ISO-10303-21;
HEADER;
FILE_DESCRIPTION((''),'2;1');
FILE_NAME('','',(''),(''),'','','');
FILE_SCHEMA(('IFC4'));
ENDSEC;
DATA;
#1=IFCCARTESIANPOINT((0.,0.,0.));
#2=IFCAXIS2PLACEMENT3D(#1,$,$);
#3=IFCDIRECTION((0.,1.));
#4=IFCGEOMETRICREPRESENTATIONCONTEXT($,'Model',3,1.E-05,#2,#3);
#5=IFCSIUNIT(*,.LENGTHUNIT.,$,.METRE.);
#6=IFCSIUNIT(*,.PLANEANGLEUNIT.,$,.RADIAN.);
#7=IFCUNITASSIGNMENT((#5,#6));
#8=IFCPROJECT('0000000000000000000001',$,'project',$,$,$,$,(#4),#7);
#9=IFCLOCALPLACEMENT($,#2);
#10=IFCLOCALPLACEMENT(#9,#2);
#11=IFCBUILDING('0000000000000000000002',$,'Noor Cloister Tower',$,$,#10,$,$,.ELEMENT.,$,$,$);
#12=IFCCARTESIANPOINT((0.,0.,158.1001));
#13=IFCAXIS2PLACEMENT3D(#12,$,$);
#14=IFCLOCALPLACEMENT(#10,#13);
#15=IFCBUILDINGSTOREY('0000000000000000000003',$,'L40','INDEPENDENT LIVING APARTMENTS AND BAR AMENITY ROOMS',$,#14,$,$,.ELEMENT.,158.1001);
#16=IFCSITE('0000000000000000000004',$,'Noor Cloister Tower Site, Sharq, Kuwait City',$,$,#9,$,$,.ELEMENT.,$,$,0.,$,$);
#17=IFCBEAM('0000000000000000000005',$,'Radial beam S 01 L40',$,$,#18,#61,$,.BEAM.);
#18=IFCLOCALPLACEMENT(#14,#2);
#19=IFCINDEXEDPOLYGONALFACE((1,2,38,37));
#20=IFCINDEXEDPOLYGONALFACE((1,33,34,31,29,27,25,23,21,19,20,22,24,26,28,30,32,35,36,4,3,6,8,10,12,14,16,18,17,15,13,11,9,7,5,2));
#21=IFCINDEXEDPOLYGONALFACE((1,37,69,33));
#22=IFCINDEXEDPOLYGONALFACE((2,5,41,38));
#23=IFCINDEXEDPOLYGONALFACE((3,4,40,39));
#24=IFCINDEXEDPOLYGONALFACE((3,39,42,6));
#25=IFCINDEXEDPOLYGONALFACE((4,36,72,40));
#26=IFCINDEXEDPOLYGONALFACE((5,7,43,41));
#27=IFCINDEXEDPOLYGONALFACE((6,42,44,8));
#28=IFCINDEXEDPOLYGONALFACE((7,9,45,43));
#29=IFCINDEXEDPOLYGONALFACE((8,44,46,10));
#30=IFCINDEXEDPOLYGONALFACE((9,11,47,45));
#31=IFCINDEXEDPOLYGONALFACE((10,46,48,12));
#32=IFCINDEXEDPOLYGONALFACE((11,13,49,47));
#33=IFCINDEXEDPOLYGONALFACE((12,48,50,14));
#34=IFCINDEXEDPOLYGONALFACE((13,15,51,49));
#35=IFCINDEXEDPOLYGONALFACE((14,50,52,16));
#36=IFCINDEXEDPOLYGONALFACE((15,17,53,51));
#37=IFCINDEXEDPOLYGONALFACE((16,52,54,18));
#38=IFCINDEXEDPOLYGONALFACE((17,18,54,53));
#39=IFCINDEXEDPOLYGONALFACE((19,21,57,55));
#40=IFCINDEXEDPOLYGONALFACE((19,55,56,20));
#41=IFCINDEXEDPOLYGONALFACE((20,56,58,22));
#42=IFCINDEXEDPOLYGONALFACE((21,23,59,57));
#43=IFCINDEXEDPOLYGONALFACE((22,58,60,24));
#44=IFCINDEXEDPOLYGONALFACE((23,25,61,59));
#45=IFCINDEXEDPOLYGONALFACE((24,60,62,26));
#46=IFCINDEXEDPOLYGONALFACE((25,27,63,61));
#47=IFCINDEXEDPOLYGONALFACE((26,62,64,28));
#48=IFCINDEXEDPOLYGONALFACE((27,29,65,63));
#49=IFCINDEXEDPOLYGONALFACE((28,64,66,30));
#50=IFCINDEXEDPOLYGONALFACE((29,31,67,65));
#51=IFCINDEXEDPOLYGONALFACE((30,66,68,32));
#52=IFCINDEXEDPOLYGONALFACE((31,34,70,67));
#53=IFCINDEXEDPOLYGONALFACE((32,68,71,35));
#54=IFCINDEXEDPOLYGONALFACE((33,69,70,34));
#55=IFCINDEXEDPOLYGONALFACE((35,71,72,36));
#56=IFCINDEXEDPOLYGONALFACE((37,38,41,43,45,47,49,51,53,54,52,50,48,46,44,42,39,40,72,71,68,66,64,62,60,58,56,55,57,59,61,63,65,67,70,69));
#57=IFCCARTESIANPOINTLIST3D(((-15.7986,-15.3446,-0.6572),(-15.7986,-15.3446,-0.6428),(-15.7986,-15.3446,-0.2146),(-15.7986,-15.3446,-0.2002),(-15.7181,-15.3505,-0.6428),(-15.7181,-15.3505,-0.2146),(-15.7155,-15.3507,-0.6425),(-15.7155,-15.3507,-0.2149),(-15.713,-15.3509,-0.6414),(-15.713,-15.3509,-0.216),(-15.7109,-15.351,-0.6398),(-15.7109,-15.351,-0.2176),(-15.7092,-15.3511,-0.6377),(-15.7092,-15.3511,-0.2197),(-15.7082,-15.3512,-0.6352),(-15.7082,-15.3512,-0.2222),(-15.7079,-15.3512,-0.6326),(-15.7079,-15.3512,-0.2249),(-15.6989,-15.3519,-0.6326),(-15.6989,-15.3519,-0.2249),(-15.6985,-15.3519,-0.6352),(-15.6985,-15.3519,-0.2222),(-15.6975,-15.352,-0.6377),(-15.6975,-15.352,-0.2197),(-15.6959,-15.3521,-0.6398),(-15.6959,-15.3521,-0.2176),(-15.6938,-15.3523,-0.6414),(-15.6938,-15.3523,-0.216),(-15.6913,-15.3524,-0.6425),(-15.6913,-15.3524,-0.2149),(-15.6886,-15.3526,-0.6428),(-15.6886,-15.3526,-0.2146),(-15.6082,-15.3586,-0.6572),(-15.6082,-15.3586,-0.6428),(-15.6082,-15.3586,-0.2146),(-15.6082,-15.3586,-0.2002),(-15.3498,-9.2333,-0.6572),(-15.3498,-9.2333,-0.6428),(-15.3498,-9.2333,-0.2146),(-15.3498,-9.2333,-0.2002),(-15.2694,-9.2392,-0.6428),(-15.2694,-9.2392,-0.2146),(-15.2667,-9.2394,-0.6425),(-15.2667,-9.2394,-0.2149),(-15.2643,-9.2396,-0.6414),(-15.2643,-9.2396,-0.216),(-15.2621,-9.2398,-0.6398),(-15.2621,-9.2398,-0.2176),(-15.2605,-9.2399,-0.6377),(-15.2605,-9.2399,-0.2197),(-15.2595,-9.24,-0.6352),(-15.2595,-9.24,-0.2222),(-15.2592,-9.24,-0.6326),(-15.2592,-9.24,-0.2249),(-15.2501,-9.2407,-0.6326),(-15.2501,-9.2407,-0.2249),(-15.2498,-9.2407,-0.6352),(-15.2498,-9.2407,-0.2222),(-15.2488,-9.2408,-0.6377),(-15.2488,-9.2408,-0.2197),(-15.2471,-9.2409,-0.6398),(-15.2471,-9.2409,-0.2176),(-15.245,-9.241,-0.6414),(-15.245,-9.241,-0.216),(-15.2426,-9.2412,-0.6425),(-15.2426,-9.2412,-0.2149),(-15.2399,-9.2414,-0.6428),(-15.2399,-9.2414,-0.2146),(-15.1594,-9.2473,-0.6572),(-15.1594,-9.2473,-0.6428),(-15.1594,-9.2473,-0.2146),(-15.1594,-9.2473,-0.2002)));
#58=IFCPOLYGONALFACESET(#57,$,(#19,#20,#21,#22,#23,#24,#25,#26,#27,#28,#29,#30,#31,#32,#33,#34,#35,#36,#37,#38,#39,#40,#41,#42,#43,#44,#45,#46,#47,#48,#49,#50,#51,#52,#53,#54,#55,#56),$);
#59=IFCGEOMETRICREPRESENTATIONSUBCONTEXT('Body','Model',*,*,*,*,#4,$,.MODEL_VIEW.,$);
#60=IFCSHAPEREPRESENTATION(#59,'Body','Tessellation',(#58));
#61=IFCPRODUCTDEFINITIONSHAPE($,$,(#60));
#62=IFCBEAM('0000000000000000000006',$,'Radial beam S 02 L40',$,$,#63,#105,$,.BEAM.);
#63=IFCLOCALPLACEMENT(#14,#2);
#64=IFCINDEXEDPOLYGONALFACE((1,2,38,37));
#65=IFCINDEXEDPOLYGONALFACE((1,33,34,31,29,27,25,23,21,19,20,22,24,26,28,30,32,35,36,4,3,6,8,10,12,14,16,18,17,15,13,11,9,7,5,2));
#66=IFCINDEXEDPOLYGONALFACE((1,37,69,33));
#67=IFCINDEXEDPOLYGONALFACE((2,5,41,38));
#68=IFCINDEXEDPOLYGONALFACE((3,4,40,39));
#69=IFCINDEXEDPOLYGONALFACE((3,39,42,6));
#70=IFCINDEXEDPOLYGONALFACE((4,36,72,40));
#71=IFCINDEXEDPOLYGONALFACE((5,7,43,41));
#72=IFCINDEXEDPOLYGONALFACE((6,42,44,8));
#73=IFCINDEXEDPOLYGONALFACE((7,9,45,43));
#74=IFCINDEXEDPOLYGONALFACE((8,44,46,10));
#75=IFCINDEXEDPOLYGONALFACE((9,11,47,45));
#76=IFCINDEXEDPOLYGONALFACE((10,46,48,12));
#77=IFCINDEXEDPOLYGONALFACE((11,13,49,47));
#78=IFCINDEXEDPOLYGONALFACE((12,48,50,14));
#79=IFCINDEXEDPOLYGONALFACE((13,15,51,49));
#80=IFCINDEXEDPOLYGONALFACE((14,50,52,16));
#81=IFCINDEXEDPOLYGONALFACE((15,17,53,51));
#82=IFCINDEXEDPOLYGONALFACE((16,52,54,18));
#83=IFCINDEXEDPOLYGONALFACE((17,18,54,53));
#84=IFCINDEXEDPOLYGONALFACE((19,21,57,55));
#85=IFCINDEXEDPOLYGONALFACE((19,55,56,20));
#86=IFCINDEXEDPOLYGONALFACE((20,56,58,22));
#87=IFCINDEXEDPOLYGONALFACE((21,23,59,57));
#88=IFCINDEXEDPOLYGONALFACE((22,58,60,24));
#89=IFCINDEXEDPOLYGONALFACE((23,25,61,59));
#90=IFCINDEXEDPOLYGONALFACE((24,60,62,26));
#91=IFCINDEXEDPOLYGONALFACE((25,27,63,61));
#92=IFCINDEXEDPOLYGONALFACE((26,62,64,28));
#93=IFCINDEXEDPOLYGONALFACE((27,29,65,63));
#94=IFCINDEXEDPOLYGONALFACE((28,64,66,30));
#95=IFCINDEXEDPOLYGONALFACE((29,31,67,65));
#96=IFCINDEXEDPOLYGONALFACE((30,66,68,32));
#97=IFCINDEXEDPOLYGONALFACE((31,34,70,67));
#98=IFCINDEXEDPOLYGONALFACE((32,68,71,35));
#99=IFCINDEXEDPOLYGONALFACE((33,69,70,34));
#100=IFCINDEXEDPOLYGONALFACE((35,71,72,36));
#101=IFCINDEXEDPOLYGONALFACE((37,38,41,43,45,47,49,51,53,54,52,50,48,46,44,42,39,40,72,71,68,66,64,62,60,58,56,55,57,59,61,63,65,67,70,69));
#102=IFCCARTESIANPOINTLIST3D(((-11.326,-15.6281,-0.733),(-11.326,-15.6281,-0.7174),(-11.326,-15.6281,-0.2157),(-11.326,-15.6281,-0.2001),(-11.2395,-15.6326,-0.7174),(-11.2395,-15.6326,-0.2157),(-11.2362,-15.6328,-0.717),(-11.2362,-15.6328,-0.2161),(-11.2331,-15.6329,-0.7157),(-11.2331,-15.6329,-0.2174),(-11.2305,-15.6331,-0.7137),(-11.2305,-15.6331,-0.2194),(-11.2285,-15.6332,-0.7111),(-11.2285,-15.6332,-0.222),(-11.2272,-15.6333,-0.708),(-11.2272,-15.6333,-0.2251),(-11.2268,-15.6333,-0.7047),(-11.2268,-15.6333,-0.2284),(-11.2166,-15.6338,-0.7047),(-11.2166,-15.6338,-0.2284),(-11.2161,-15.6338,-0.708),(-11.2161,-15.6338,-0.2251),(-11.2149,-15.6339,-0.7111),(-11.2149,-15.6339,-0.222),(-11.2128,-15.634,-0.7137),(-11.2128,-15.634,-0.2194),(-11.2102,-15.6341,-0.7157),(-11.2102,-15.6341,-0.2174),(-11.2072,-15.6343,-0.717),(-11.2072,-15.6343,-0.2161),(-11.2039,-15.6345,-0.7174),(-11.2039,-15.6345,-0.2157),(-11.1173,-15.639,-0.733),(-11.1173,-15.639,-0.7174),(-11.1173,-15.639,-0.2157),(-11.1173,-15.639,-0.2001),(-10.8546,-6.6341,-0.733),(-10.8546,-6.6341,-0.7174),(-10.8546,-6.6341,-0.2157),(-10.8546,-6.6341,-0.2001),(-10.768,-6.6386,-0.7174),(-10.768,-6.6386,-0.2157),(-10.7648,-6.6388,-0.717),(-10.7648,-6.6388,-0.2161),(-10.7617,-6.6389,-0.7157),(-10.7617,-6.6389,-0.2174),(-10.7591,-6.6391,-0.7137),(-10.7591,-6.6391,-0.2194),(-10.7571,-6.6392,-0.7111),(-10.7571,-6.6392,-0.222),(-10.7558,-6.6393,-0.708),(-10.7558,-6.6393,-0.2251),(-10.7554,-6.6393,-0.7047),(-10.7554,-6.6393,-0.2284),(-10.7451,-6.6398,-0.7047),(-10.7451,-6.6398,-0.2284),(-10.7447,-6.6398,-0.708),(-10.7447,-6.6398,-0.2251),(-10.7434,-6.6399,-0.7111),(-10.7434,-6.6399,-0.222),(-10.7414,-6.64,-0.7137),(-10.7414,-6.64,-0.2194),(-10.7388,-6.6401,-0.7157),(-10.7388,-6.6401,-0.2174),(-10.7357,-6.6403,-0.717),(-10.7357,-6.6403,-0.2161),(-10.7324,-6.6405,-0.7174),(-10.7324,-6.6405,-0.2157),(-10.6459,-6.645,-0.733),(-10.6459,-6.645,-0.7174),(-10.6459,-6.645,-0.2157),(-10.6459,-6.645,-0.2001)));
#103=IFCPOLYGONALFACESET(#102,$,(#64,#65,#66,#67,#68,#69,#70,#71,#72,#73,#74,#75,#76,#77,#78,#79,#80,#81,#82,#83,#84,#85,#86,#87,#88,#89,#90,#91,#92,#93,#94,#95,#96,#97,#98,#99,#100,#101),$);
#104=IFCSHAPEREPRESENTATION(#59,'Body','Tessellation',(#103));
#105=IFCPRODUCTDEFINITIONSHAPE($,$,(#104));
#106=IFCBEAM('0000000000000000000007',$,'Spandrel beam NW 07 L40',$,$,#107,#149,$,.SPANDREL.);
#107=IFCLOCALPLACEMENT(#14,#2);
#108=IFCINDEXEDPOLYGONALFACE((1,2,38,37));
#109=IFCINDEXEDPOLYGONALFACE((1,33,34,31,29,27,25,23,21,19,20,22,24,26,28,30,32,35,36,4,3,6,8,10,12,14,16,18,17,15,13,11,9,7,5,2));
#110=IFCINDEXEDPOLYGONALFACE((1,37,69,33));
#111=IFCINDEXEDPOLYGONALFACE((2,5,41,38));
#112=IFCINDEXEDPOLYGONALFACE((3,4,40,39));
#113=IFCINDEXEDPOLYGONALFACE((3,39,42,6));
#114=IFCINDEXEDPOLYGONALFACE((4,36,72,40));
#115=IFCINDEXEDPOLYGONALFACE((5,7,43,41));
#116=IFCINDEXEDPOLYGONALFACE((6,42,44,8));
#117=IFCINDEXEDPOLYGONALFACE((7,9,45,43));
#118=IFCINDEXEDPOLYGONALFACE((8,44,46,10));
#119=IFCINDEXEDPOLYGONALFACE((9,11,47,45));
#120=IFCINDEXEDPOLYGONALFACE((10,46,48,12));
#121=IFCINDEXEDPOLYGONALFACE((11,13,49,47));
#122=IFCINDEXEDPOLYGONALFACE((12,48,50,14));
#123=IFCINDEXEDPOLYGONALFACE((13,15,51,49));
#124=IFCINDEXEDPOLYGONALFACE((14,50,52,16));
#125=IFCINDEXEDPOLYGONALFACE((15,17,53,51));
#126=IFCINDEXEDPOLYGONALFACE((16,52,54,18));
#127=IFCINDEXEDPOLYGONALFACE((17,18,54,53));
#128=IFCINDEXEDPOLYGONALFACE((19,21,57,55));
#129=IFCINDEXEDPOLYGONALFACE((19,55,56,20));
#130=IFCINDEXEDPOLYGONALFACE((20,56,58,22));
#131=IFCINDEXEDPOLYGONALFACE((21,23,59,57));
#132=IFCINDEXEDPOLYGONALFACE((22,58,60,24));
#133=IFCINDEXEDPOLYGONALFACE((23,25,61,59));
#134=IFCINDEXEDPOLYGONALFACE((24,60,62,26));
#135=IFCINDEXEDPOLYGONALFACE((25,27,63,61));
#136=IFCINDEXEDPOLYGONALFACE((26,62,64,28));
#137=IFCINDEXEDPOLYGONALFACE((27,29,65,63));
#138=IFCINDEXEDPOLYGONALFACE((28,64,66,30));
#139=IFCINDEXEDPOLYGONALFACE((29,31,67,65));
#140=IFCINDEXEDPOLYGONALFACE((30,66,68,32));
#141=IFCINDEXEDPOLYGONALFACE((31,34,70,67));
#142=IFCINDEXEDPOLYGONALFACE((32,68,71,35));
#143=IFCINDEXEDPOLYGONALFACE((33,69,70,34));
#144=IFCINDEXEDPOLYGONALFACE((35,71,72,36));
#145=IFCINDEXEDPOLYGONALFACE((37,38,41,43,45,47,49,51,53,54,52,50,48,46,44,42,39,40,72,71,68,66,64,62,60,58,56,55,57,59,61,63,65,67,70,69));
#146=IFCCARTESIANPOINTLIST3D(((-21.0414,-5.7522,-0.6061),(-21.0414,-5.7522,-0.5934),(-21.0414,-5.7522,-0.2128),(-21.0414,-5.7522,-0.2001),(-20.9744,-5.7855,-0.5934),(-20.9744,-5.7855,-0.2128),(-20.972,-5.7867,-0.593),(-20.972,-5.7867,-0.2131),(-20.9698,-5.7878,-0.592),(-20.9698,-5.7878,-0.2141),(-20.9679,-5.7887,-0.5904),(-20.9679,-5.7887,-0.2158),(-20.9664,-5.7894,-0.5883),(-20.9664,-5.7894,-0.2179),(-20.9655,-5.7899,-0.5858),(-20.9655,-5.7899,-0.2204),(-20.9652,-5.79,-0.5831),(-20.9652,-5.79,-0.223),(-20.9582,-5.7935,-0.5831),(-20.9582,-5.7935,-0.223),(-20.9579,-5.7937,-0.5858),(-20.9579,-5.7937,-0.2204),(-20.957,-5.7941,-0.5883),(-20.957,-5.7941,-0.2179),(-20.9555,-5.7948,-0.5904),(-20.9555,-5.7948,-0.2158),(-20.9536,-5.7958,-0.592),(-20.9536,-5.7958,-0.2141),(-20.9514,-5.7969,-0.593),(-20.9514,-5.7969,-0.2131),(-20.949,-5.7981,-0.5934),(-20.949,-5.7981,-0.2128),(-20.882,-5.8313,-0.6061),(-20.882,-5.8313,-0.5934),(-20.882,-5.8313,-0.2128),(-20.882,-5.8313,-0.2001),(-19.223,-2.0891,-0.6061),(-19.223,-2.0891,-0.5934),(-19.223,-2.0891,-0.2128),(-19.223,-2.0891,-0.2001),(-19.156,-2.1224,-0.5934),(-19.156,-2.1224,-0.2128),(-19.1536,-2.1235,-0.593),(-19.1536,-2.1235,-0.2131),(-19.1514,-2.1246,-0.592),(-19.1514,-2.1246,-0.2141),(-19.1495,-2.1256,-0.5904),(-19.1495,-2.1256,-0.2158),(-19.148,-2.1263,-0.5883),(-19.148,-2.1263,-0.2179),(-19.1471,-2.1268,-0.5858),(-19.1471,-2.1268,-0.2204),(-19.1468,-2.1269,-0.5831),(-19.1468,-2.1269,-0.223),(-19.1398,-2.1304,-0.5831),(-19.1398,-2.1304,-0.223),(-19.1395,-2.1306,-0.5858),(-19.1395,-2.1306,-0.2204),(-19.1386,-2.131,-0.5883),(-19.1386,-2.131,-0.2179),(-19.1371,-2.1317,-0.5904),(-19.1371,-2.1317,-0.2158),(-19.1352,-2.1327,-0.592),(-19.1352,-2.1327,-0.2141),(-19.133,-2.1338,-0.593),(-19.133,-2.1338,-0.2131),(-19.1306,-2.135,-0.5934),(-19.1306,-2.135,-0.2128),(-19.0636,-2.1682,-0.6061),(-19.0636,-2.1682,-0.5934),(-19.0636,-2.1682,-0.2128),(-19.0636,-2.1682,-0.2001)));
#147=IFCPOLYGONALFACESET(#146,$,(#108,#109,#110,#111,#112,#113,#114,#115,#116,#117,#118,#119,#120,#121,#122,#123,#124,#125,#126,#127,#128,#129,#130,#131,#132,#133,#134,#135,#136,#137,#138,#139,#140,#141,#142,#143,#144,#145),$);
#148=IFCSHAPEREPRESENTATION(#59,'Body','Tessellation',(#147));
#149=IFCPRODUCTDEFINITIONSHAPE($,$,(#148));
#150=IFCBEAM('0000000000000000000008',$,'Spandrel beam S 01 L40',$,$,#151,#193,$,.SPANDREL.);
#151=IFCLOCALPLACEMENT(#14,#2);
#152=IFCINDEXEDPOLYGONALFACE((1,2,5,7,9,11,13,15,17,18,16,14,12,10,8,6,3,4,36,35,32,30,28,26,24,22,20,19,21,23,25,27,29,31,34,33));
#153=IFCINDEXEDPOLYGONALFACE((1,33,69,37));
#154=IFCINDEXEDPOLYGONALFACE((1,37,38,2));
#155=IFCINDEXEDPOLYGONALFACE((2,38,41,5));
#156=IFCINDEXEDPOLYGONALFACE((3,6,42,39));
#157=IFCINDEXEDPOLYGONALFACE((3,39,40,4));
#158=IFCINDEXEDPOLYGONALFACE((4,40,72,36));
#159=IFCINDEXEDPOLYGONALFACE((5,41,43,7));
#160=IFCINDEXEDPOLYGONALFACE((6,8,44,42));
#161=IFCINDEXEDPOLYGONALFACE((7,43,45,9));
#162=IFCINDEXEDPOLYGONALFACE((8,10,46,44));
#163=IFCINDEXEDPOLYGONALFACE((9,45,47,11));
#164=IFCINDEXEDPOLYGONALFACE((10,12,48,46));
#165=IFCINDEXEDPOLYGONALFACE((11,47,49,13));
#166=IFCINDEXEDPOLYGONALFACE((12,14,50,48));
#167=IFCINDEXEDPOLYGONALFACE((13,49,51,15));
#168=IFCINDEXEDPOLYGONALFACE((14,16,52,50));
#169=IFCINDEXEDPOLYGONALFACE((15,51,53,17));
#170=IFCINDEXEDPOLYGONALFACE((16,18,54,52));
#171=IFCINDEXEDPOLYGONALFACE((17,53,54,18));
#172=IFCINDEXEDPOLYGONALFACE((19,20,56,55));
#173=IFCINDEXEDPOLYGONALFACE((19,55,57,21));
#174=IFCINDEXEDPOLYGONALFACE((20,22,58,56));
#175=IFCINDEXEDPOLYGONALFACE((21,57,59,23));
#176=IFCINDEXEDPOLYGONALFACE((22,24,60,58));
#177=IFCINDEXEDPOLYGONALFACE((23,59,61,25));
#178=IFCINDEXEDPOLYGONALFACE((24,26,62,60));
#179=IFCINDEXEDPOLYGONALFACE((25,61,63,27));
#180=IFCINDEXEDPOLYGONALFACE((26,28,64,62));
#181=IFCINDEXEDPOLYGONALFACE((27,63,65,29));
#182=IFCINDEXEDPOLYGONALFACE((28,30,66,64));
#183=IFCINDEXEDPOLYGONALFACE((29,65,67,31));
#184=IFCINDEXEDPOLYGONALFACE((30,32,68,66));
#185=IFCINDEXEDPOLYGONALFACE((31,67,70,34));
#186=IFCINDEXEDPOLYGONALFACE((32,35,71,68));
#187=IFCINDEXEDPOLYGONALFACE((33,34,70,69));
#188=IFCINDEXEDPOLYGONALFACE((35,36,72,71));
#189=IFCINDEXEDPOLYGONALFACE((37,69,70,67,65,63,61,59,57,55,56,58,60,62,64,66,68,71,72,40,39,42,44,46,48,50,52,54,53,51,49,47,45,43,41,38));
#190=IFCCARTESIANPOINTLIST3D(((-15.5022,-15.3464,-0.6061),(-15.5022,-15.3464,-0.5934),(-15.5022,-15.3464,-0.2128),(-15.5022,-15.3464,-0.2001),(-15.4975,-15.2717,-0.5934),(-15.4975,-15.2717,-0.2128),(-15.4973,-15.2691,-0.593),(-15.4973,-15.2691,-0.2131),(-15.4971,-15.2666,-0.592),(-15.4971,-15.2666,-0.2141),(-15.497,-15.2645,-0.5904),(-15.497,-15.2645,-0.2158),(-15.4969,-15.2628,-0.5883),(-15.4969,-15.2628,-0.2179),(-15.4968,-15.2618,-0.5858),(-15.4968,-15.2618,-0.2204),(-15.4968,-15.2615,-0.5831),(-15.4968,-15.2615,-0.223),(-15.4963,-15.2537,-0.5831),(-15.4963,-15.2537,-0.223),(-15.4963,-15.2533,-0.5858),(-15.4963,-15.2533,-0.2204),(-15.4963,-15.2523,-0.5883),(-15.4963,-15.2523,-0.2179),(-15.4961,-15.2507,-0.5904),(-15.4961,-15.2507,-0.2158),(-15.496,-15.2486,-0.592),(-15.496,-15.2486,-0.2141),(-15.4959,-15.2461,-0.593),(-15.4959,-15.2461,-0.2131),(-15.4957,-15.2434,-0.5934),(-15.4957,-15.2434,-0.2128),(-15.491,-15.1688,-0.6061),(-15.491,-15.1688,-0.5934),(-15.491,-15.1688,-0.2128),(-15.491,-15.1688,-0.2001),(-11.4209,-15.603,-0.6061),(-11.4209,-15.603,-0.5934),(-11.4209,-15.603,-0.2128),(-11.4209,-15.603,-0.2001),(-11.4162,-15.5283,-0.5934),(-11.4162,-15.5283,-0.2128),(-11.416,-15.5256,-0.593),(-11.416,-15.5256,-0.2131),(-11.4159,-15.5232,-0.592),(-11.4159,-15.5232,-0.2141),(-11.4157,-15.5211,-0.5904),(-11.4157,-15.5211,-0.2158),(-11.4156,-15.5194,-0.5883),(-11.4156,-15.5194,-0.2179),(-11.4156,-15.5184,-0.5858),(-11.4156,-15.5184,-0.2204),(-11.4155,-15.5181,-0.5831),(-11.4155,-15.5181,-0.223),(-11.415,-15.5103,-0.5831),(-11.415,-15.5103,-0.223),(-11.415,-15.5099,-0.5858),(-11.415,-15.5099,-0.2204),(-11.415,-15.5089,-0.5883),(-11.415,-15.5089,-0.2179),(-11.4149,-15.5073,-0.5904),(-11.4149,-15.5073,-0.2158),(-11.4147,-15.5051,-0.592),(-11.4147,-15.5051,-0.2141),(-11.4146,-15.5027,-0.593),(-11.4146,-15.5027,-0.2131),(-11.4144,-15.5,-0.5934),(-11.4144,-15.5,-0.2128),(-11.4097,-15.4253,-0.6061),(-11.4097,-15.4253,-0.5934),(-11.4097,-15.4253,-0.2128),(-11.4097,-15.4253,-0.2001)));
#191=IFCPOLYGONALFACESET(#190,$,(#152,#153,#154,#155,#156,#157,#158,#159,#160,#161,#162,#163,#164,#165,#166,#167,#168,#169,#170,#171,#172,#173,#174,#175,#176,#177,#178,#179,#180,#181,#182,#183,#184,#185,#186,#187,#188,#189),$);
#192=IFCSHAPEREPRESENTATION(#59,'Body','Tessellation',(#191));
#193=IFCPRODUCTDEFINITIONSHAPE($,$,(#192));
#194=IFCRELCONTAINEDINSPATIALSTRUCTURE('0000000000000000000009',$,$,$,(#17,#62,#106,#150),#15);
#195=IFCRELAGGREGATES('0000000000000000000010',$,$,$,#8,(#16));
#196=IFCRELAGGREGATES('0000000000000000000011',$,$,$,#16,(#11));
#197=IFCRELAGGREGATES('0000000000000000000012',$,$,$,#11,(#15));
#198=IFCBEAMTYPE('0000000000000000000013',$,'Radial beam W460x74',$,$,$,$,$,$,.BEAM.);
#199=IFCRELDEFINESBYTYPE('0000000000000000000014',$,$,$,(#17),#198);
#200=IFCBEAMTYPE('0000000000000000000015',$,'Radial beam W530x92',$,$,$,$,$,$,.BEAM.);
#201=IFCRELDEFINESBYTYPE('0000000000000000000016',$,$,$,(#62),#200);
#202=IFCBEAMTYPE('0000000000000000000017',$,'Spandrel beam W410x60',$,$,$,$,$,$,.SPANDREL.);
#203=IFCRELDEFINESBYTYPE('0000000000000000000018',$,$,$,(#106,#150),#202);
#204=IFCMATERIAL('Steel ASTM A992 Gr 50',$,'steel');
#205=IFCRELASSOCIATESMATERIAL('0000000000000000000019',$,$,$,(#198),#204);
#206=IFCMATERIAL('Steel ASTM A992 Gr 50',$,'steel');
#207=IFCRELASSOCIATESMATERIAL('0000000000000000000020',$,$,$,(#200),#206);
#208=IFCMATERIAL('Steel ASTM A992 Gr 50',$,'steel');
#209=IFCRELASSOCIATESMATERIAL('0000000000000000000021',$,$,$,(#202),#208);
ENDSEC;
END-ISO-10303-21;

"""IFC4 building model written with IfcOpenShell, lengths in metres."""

from ifc_helpers import new_model, si_unit, direction, frame, origin, origin_2d, place, context, subcontext, project, spatial, i_section, extrude, material, material_profile, profile_set, type_object, element, save


model = new_model("IFC4")

# Units and contexts
model_context = context("Model", 3, precision=1e-05, world=origin(), true_north=direction((0.0, 1.0)))
body_context = subcontext(model_context, "Body", "Model", "MODEL_VIEW")
ifc_project = project(units=[si_unit("LENGTHUNIT", "METRE"), si_unit("PLANEANGLEUNIT", "RADIAN")], contexts=[model_context])

# Site, building, storey
site_placement = place(None, origin())
site = spatial("IfcSite", under=ifc_project, at=site_placement, Name="Noor Cloister Tower Site, Sharq, Kuwait City", CompositionType="ELEMENT", RefElevation=0.0)
building_placement = place(site_placement, origin())
building = spatial("IfcBuilding", under=site, at=building_placement, Name="Noor Cloister Tower", CompositionType="ELEMENT")
storey_placement = place(building_placement, frame((0.0, 0.0, 158.1001)))
storey = spatial("IfcBuildingStorey", under=building, at=storey_placement, Name="L40", Description="INDEPENDENT LIVING APARTMENTS AND BAR AMENITY ROOMS", CompositionType="ELEMENT", Elevation=158.1001)

# Beams
ifc_material_1 = material(Name="Steel ASTM A992 Gr 50", Category="steel")
ifc_material_profile_1 = material_profile(ifc_material_1, i_section(OverallWidth=0.1909, OverallDepth=0.457, WebThickness=0.009, FlangeThickness=0.0144, FilletRadius=0.0103, at=origin_2d()), Name="W460x74")
ifc_profile_set_1 = profile_set([ifc_material_profile_1], Name="Steel ASTM A992 Gr 50")
beam_type_1 = type_object("IfcBeamType", Name="Radial beam W460x74", PredefinedType="BEAM", material=ifc_profile_set_1)
beam_1_placement = place(storey_placement, frame((-15.7034, -15.3516, -0.4287), z_axis=(0.073229, 0.997315, 0.0), x_axis=(-0.997315, 0.073229, 0.0)))
element("IfcBeam", 1, at=beam_1_placement, inside=storey, type_object=beam_type_1, Name="Radial beam S 01 L40", PredefinedType="BEAM", context=body_context, shape_type="SweptSolid", body=[
    extrude(i_section(OverallWidth=0.1909, OverallDepth=0.457, WebThickness=0.009, FlangeThickness=0.0144, FilletRadius=0.0103, at=origin_2d()), origin(), (0.0, 0.0, 1.0), 6.1277),
])
ifc_material_2 = material(Name="Steel ASTM A992 Gr 50", Category="steel")
ifc_material_profile_2 = material_profile(ifc_material_2, i_section(OverallWidth=0.209, OverallDepth=0.533, WebThickness=0.0103, FlangeThickness=0.0156, FilletRadius=0.0127, at=origin_2d()), Name="W530x92")
ifc_profile_set_2 = profile_set([ifc_material_profile_2], Name="Steel ASTM A992 Gr 50")
beam_type_2 = type_object("IfcBeamType", Name="Radial beam W530x92", PredefinedType="BEAM", material=ifc_profile_set_2)
beam_2_placement = place(storey_placement, frame((-11.2217, -15.6335, -0.4666), z_axis=(0.052345, 0.998629, 0.0), x_axis=(-0.998629, 0.052345, 0.0)))
element("IfcBeam", 2, at=beam_2_placement, inside=storey, type_object=beam_type_2, Name="Radial beam S 02 L40", PredefinedType="BEAM", context=body_context, shape_type="SweptSolid", body=[
    extrude(i_section(OverallWidth=0.209, OverallDepth=0.533, WebThickness=0.0103, FlangeThickness=0.0156, FilletRadius=0.0127, at=origin_2d()), origin(), (0.0, 0.0, 1.0), 9.0063),
])
ifc_material_3 = material(Name="Steel ASTM A992 Gr 50", Category="steel")
ifc_material_profile_3 = material_profile(ifc_material_3, i_section(OverallWidth=0.178, OverallDepth=0.406, WebThickness=0.0078, FlangeThickness=0.0127, FilletRadius=0.0103, at=origin_2d()), Name="W410x60")
ifc_profile_set_3 = profile_set([ifc_material_profile_3], Name="Steel ASTM A992 Gr 50")
beam_type_3 = type_object("IfcBeamType", Name="Spandrel beam W410x60", PredefinedType="SPANDREL", material=ifc_profile_set_3)
beam_3_placement = place(storey_placement, frame((-19.1433, -2.1287, -0.4031), z_axis=(-0.444633, -0.895713, 0.0), x_axis=(0.895713, -0.444633, 0.0)))
element("IfcBeam", 3, at=beam_3_placement, inside=storey, type_object=beam_type_3, Name="Spandrel beam NW 07 L40", PredefinedType="SPANDREL", context=body_context, shape_type="SweptSolid", body=[
    extrude(i_section(OverallWidth=0.178, OverallDepth=0.406, WebThickness=0.0078, FlangeThickness=0.0127, FilletRadius=0.0103, at=origin_2d()), origin(), (0.0, 0.0, 1.0), 4.0896),
])
beam_4_placement = place(storey_placement, frame((-15.4966, -15.2576, -0.4031), z_axis=(0.99803, -0.062746, 0.0), x_axis=(0.062746, 0.99803, 0.0)))
element("IfcBeam", 4, at=beam_4_placement, inside=storey, type_object=beam_type_3, Name="Spandrel beam S 01 L40", PredefinedType="SPANDREL", context=body_context, shape_type="SweptSolid", body=[
    extrude(i_section(OverallWidth=0.178, OverallDepth=0.406, WebThickness=0.0078, FlangeThickness=0.0127, FilletRadius=0.0103, at=origin_2d()), origin(), (0.0, 0.0, 1.0), 4.0894),
])

save(model, "model.ifc")
